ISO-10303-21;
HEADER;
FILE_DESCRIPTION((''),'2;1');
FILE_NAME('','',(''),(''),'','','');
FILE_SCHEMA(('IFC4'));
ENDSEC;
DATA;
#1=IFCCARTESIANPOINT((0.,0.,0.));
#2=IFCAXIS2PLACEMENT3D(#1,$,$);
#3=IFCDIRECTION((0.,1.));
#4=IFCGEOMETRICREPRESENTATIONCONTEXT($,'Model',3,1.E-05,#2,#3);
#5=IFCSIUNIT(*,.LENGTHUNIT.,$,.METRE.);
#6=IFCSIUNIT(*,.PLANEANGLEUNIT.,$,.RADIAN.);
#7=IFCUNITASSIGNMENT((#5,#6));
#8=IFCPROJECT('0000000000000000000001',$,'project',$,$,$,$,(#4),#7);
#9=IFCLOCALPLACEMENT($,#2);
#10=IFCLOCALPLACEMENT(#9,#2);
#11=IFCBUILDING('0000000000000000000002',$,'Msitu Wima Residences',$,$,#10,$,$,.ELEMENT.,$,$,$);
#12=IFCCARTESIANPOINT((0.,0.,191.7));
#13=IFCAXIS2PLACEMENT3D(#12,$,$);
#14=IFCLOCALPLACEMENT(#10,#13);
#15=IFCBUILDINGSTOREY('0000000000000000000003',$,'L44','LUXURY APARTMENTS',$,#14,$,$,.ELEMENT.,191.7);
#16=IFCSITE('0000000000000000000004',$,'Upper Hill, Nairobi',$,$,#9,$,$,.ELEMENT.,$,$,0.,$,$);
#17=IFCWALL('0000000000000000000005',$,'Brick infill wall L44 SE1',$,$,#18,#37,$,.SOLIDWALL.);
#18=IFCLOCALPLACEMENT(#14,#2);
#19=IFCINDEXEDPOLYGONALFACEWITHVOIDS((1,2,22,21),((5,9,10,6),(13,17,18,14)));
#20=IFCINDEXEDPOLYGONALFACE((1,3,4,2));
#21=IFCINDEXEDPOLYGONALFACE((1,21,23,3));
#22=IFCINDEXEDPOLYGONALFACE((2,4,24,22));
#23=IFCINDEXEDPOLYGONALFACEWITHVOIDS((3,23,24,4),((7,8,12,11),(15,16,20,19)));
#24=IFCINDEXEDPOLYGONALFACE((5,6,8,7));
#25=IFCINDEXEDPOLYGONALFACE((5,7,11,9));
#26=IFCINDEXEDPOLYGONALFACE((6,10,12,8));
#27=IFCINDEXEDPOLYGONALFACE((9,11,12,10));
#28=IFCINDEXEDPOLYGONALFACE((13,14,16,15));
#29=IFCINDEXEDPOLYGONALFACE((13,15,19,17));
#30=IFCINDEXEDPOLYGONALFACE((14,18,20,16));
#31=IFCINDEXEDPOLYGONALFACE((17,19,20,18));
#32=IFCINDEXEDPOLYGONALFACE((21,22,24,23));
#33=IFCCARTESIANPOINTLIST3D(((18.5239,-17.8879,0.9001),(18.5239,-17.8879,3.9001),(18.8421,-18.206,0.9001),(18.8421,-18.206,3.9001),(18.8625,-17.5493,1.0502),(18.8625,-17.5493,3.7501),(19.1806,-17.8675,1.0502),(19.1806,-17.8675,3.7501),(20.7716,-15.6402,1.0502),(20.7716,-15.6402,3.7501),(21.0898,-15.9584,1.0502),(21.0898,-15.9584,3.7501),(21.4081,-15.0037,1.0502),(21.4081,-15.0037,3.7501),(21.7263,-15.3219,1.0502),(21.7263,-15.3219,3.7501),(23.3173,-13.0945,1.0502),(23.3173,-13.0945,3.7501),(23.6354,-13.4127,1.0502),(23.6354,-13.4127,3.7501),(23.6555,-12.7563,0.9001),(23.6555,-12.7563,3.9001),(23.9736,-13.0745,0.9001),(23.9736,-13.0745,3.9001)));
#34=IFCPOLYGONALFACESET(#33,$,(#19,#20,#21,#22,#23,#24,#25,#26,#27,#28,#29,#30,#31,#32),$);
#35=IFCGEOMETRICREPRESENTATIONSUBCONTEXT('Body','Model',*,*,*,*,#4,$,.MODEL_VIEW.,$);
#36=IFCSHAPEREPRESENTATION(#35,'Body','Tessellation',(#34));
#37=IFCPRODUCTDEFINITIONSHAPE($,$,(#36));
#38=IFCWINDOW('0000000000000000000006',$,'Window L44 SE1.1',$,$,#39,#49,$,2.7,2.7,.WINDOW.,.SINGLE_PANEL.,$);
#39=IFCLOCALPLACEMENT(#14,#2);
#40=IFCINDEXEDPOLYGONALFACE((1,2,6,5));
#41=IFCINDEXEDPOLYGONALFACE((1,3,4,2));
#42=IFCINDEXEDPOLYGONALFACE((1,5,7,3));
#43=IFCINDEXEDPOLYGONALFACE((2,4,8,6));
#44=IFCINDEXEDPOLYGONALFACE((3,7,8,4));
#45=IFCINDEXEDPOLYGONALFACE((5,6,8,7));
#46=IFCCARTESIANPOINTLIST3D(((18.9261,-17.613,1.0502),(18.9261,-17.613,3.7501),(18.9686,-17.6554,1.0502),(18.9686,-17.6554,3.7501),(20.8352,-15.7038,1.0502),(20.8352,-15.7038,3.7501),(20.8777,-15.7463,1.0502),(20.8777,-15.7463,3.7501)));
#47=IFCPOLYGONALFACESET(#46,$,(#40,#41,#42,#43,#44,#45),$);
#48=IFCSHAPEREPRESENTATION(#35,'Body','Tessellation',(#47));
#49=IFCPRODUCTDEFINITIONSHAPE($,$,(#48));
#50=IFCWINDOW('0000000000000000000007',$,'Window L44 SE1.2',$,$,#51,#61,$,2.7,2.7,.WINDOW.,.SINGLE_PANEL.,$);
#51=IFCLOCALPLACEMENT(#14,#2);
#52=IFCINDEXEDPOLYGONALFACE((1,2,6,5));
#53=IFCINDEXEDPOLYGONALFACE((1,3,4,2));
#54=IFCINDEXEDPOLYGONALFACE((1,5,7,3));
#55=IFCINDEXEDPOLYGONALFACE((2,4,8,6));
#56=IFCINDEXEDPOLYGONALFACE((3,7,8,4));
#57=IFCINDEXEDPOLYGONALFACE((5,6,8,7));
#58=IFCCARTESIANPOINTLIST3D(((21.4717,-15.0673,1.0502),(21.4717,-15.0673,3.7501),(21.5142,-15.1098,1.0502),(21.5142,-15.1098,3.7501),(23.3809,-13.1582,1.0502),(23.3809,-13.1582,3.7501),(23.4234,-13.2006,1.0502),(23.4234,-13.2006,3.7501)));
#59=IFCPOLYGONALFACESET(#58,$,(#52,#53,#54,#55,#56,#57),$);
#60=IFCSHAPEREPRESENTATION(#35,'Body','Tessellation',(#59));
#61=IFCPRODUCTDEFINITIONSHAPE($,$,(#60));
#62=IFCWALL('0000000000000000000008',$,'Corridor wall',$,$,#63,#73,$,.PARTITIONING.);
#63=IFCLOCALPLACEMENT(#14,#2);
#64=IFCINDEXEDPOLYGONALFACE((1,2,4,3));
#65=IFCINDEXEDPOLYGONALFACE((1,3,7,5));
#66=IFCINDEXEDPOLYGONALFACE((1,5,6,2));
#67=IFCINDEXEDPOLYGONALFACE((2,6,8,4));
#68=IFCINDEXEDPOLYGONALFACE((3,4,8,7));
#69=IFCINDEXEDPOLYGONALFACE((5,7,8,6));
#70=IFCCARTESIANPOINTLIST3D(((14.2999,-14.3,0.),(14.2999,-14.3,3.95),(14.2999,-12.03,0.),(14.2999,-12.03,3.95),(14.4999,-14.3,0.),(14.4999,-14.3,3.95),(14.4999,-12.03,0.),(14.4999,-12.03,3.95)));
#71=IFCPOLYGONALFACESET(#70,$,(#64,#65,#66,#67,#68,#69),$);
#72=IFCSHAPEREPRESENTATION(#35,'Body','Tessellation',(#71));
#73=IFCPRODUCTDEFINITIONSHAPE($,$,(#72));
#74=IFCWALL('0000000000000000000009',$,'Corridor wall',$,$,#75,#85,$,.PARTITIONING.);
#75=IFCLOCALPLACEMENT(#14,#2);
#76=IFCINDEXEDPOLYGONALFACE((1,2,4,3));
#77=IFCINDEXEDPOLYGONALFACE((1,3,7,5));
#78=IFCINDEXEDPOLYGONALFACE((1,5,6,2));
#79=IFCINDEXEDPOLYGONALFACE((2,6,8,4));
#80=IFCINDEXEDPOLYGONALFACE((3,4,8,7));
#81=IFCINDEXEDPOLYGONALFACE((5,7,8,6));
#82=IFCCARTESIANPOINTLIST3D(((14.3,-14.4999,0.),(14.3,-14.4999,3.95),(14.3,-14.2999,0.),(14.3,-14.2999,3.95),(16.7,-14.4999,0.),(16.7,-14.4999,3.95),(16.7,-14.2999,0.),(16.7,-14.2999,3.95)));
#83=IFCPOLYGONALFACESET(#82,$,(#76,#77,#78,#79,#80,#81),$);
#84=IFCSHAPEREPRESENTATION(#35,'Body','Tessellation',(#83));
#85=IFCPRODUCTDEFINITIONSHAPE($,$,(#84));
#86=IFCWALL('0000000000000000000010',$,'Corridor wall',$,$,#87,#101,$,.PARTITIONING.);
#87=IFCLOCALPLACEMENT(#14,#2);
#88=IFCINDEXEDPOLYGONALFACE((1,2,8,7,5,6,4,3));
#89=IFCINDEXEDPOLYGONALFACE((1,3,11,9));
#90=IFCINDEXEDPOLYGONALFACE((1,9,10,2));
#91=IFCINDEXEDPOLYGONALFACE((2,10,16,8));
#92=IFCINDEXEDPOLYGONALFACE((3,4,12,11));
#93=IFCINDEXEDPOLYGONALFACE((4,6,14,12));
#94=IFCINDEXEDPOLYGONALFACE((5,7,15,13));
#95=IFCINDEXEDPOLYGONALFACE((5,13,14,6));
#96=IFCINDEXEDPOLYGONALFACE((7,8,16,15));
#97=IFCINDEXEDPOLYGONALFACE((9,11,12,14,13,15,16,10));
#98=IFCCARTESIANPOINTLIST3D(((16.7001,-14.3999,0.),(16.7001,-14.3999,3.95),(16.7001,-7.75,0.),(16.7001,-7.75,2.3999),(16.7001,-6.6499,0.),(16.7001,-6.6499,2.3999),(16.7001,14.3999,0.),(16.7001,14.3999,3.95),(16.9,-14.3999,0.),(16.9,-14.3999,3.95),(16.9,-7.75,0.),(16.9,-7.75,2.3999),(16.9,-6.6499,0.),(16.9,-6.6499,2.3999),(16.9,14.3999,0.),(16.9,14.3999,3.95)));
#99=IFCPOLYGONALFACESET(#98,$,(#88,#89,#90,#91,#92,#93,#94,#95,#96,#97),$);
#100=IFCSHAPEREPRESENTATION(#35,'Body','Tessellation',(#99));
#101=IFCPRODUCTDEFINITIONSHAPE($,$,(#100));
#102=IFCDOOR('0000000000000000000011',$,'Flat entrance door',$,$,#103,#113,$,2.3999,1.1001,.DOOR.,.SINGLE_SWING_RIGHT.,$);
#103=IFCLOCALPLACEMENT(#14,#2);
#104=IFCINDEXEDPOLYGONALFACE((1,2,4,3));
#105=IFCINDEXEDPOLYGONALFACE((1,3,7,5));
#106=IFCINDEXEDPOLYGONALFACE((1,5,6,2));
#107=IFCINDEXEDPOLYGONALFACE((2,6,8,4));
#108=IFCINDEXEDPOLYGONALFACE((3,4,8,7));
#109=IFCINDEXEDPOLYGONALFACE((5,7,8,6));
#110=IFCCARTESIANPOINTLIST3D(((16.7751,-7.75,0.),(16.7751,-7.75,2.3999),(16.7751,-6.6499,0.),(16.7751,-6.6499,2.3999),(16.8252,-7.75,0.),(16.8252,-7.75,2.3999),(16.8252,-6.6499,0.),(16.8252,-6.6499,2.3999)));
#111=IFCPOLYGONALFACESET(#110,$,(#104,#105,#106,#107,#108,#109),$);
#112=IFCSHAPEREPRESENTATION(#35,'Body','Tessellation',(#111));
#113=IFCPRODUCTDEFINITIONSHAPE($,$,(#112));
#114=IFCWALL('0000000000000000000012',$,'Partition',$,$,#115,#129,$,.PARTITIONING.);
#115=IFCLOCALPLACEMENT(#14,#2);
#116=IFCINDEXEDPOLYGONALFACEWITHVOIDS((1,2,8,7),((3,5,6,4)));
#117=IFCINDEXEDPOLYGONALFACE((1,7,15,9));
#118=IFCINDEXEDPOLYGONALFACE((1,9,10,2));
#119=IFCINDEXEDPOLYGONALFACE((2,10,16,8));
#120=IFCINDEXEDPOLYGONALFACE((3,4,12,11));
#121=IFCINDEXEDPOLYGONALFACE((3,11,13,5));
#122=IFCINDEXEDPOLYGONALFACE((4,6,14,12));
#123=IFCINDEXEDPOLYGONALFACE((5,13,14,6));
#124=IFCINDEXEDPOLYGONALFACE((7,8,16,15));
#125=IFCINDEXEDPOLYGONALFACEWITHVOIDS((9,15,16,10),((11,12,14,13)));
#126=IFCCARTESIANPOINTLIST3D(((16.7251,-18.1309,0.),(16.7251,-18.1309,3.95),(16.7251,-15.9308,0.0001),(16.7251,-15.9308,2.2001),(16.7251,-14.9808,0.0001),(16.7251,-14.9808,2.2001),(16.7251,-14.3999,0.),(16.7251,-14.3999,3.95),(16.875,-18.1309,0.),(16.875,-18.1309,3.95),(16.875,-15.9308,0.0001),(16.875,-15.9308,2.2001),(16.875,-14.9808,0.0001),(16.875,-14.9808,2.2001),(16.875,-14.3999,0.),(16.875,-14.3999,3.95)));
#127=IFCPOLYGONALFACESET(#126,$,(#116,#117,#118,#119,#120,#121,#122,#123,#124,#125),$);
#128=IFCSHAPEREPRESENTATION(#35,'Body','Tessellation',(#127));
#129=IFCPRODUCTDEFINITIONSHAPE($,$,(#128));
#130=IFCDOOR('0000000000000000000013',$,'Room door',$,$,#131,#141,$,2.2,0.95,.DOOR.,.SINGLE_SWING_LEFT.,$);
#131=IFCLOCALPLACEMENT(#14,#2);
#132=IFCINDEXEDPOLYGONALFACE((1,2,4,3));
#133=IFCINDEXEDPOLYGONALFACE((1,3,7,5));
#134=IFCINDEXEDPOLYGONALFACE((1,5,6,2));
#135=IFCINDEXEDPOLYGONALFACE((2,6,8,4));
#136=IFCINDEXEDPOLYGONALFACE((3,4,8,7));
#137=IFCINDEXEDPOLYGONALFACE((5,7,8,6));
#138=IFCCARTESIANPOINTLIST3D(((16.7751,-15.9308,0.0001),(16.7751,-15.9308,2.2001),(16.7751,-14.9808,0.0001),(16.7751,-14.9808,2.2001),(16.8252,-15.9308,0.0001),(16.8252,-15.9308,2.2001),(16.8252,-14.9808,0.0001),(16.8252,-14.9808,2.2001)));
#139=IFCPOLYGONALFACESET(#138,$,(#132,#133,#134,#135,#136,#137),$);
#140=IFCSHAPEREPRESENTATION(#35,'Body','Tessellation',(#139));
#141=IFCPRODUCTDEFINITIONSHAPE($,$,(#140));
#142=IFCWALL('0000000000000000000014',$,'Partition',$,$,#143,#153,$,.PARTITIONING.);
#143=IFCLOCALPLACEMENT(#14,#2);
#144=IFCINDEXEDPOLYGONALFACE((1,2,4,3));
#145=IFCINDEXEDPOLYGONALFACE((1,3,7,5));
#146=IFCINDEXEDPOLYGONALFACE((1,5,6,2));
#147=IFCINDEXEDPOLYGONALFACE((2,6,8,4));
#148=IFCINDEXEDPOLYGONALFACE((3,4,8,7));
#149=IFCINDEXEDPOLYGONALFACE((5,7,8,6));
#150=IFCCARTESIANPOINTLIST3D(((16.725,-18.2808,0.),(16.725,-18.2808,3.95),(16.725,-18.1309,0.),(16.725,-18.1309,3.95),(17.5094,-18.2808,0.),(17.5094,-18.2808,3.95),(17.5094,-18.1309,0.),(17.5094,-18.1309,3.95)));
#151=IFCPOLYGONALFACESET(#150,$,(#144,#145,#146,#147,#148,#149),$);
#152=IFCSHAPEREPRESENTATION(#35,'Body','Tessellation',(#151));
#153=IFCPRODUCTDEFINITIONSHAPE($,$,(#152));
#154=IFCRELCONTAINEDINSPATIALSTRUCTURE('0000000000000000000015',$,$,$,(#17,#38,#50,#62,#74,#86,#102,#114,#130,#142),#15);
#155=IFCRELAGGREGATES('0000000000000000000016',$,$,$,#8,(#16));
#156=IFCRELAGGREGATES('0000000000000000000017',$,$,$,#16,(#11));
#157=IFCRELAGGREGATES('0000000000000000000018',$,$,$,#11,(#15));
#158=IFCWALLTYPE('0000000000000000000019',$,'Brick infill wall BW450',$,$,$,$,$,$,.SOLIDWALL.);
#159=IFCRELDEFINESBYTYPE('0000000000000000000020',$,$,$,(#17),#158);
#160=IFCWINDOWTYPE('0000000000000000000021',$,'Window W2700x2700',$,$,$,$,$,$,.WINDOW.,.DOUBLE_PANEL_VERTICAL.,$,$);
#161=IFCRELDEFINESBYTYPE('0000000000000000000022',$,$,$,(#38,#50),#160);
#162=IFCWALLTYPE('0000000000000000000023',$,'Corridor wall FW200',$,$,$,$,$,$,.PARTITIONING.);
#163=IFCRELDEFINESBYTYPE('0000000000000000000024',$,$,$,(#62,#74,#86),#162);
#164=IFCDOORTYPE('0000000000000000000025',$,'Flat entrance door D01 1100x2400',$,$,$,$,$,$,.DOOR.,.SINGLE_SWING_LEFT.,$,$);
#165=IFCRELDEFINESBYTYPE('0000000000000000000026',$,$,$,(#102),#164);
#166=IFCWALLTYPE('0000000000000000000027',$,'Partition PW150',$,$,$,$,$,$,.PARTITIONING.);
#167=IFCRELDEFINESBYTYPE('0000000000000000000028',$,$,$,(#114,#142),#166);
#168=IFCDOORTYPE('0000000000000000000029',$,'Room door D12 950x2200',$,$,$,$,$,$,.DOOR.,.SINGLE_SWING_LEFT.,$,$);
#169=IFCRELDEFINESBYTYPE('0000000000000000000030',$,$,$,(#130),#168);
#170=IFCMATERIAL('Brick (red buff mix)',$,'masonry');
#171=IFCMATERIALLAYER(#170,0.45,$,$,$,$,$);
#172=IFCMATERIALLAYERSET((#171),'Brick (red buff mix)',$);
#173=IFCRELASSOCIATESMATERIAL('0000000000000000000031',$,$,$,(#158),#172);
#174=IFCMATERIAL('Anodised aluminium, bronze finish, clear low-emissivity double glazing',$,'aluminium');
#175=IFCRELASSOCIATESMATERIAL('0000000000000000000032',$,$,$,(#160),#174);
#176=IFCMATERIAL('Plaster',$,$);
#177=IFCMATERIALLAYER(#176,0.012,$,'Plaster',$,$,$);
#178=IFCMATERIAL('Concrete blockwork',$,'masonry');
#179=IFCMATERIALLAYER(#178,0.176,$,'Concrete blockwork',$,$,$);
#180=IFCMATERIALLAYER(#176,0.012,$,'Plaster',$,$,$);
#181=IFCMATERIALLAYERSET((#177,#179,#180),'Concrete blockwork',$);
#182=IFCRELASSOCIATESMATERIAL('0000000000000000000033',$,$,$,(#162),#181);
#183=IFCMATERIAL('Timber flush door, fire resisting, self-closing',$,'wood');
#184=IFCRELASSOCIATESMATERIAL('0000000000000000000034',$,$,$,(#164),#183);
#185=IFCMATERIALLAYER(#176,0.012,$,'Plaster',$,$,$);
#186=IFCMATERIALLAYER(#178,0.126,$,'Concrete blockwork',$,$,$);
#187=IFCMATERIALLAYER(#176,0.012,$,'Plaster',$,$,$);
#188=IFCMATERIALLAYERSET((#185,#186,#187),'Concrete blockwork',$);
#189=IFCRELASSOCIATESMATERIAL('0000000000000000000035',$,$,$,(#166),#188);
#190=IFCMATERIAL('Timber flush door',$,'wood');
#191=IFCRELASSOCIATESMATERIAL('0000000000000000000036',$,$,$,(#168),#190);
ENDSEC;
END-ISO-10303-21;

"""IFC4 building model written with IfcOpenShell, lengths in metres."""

from ifc_helpers import new_model, si_unit, direction, frame, frame_2d, origin, place, context, subcontext, project, spatial, rectangle, extrude, material, layer, layer_set, type_object, element, fill, save


model = new_model("IFC4")

# Units and contexts
model_context = context("Model", 3, precision=1e-05, world=origin(), true_north=direction((0.0, 1.0)))
body_context = subcontext(model_context, "Body", "Model", "MODEL_VIEW")
ifc_project = project(units=[si_unit("LENGTHUNIT", "METRE"), si_unit("PLANEANGLEUNIT", "RADIAN")], contexts=[model_context])

# Site, building, storey
site_placement = place(None, origin())
site = spatial("IfcSite", under=ifc_project, at=site_placement, Name="Upper Hill, Nairobi", CompositionType="ELEMENT", RefElevation=0.0)
building_placement = place(site_placement, origin())
building = spatial("IfcBuilding", under=site, at=building_placement, Name="Msitu Wima Residences", CompositionType="ELEMENT")
storey_placement = place(building_placement, frame((0.0, 0.0, 191.7)))
storey = spatial("IfcBuildingStorey", under=building, at=storey_placement, Name="L44", Description="LUXURY APARTMENTS", CompositionType="ELEMENT", Elevation=191.7)

# Shared definitions
ifc_material_1 = material(Name="Brick (red buff mix)", Category="masonry")
ifc_layer_1 = layer(ifc_material_1, 0.45)
ifc_layer_set_1 = layer_set([ifc_layer_1], Name="Brick (red buff mix)")
wall_type_1 = type_object("IfcWallType", Name="Brick infill wall BW450", PredefinedType="SOLIDWALL", material=ifc_layer_set_1)
ifc_material_2 = material(Name="Anodised aluminium, bronze finish, clear low-emissivity double glazing", Category="aluminium")
window_type = type_object("IfcWindowType", Name="Window W2700x2700", PartitioningType="DOUBLE_PANEL_VERTICAL", PredefinedType="WINDOW", material=ifc_material_2)

# Wall, openings, windows
wall_1_placement = place(storey_placement, frame((18.6831, -18.0469, 0.9001), z_axis=(0.0, 0.0, 1.0), x_axis=(0.707107, 0.707107, 0.0)))
wall_1 = element("IfcWall", 1, at=wall_1_placement, inside=storey, type_object=wall_type_1, Name="Brick infill wall L44 SE1", PredefinedType="SOLIDWALL", context=body_context, shape_type="SweptSolid", body=[
    extrude(rectangle(XDim=7.2571, YDim=0.45, at=frame_2d((3.6284, 0.0))), origin(), (0.0, 0.0, 1.0), 3.0),
])
opening_1_placement = place(wall_1_placement, frame((0.4785, 0.0, 0.1499)))
opening_1 = element("IfcOpeningElement", 2, at=opening_1_placement, cuts=wall_1, PredefinedType="OPENING", context=body_context, shape_type="SweptSolid", body=[
    extrude(rectangle(XDim=2.7, YDim=2.7, at=frame_2d((1.3501, 1.3501))), frame((0.0, 0.2349, 0.0), z_axis=(0.0, -1.0, 0.0), x_axis=(1.0, 0.0, 0.0)), (0.0, 0.0, 1.0), 0.47),
])
opening_2_placement = place(wall_1_placement, frame((4.0786, 0.0, 0.1499)))
opening_2 = element("IfcOpeningElement", 3, at=opening_2_placement, cuts=wall_1, PredefinedType="OPENING", context=body_context, shape_type="SweptSolid", body=[
    extrude(rectangle(XDim=2.7, YDim=2.7, at=frame_2d((1.3501, 1.3501))), frame((0.0, 0.2349, 0.0), z_axis=(0.0, -1.0, 0.0), x_axis=(1.0, 0.0, 0.0)), (0.0, 0.0, 1.0), 0.47),
])
window_1_placement = place(opening_1_placement, origin())
window_1 = element("IfcWindow", 4, at=window_1_placement, inside=storey, type_object=window_type, Name="Window L44 SE1.1", OverallHeight=2.7, OverallWidth=2.7, PartitioningType="SINGLE_PANEL", PredefinedType="WINDOW", context=body_context, shape_type="SweptSolid", body=[
    extrude(rectangle(XDim=2.7, YDim=2.7, at=frame_2d((1.3501, 1.3501))), frame((0.0, 0.135, 0.0), z_axis=(0.0, -1.0, 0.0), x_axis=(1.0, 0.0, 0.0)), (0.0, 0.0, 1.0), 0.0601),
])
fill(opening_1, window_1)
window_2_placement = place(opening_2_placement, origin())
window_2 = element("IfcWindow", 5, at=window_2_placement, inside=storey, type_object=window_type, Name="Window L44 SE1.2", OverallHeight=2.7, OverallWidth=2.7, PartitioningType="SINGLE_PANEL", PredefinedType="WINDOW", context=body_context, shape_type="SweptSolid", body=[
    extrude(rectangle(XDim=2.7, YDim=2.7, at=frame_2d((1.3501, 1.3501))), frame((0.0, 0.135, 0.0), z_axis=(0.0, -1.0, 0.0), x_axis=(1.0, 0.0, 0.0)), (0.0, 0.0, 1.0), 0.0601),
])
fill(opening_2, window_2)

# Walls
ifc_material_3 = material(Name="Plaster")
ifc_layer_2 = layer(ifc_material_3, 0.012, Name="Plaster")
ifc_material_4 = material(Name="Concrete blockwork", Category="masonry")
ifc_layer_3 = layer(ifc_material_4, 0.176, Name="Concrete blockwork")
ifc_layer_4 = layer(ifc_material_3, 0.012, Name="Plaster")
ifc_layer_set_2 = layer_set([ifc_layer_2, ifc_layer_3, ifc_layer_4], Name="Concrete blockwork")
wall_type_2 = type_object("IfcWallType", Name="Corridor wall FW200", PredefinedType="PARTITIONING", material=ifc_layer_set_2)
wall_2_placement = place(storey_placement, frame((14.3999, -14.3, 0.0), z_axis=(0.0, 0.0, 1.0), x_axis=(0.0, 1.0, 0.0)))
element("IfcWall", 6, at=wall_2_placement, inside=storey, type_object=wall_type_2, Name="Corridor wall", PredefinedType="PARTITIONING", context=body_context, shape_type="SweptSolid", body=[
    extrude(rectangle(XDim=2.27, YDim=0.2, at=frame_2d((1.135, 0.0))), origin(), (0.0, 0.0, 1.0), 3.95),
])
wall_3_placement = place(storey_placement, frame((14.3, -14.3999, 0.0), z_axis=(0.0, 0.0, 1.0), x_axis=(1.0, 0.0, 0.0)))
element("IfcWall", 7, at=wall_3_placement, inside=storey, type_object=wall_type_2, Name="Corridor wall", PredefinedType="PARTITIONING", context=body_context, shape_type="SweptSolid", body=[
    extrude(rectangle(XDim=2.3999, YDim=0.2, at=frame_2d((1.2, 0.0))), origin(), (0.0, 0.0, 1.0), 3.95),
])

# Walls, openings, doors
wall_4_placement = place(storey_placement, frame((16.8, -14.3999, 0.0), z_axis=(0.0, 0.0, 1.0), x_axis=(0.0, 1.0, 0.0)))
wall_4 = element("IfcWall", 8, at=wall_4_placement, inside=storey, type_object=wall_type_2, Name="Corridor wall", PredefinedType="PARTITIONING", context=body_context, shape_type="SweptSolid", body=[
    extrude(rectangle(XDim=28.7998, YDim=0.2, at=frame_2d((14.3999, 0.0))), origin(), (0.0, 0.0, 1.0), 3.95),
])
opening_3_placement = place(wall_4_placement, frame((6.6499, 0.0, 0.0)))
opening_3 = element("IfcOpeningElement", 9, at=opening_3_placement, cuts=wall_4, PredefinedType="OPENING", context=body_context, shape_type="SweptSolid", body=[
    extrude(rectangle(XDim=1.1001, YDim=2.3999, at=frame_2d((0.55, 1.2))), frame((0.0, 0.1099, 0.0), z_axis=(0.0, -1.0, 0.0), x_axis=(1.0, 0.0, 0.0)), (0.0, 0.0, 1.0), 0.22),
])
ifc_material_5 = material(Name="Timber flush door, fire resisting, self-closing", Category="wood")
door_type_1 = type_object("IfcDoorType", Name="Flat entrance door D01 1100x2400", OperationType="SINGLE_SWING_LEFT", PredefinedType="DOOR", material=ifc_material_5)
door_1_placement = place(opening_3_placement, origin())
door_1 = element("IfcDoor", 10, at=door_1_placement, inside=storey, type_object=door_type_1, Name="Flat entrance door", OperationType="SINGLE_SWING_RIGHT", OverallHeight=2.3999, OverallWidth=1.1001, PredefinedType="DOOR", context=body_context, shape_type="SweptSolid", body=[
    extrude(rectangle(XDim=1.1001, YDim=2.3999, at=frame_2d((0.55, 1.2))), frame((0.0, 0.0249, 0.0), z_axis=(0.0, -1.0, 0.0), x_axis=(1.0, 0.0, 0.0)), (0.0, 0.0, 1.0), 0.05),
])
fill(opening_3, door_1)
ifc_layer_5 = layer(ifc_material_3, 0.012, Name="Plaster")
ifc_layer_6 = layer(ifc_material_4, 0.126, Name="Concrete blockwork")
ifc_layer_7 = layer(ifc_material_3, 0.012, Name="Plaster")
ifc_layer_set_3 = layer_set([ifc_layer_5, ifc_layer_6, ifc_layer_7], Name="Concrete blockwork")
wall_type_3 = type_object("IfcWallType", Name="Partition PW150", PredefinedType="PARTITIONING", material=ifc_layer_set_3)
wall_5_placement = place(storey_placement, frame((16.8, -18.1309, 0.0), z_axis=(0.0, 0.0, 1.0), x_axis=(0.0, 1.0, 0.0)))
wall_5 = element("IfcWall", 11, at=wall_5_placement, inside=storey, type_object=wall_type_3, Name="Partition", PredefinedType="PARTITIONING", context=body_context, shape_type="SweptSolid", body=[
    extrude(rectangle(XDim=3.731, YDim=0.1499, at=frame_2d((1.8655, 0.0))), origin(), (0.0, 0.0, 1.0), 3.95),
])
opening_4_placement = place(wall_5_placement, frame((2.2, 0.0, 0.0)))
opening_4 = element("IfcOpeningElement", 12, at=opening_4_placement, cuts=wall_5, PredefinedType="OPENING", context=body_context, shape_type="SweptSolid", body=[
    extrude(rectangle(XDim=0.95, YDim=2.2, at=frame_2d((0.4751, 1.1001))), frame((0.0, 0.085, 0.0), z_axis=(0.0, -1.0, 0.0), x_axis=(1.0, 0.0, 0.0)), (0.0, 0.0, 1.0), 0.1699),
])
ifc_material_6 = material(Name="Timber flush door", Category="wood")
door_type_2 = type_object("IfcDoorType", Name="Room door D12 950x2200", OperationType="SINGLE_SWING_LEFT", PredefinedType="DOOR", material=ifc_material_6)
door_2_placement = place(opening_4_placement, origin())
door_2 = element("IfcDoor", 13, at=door_2_placement, inside=storey, type_object=door_type_2, Name="Room door", OperationType="SINGLE_SWING_LEFT", OverallHeight=2.2, OverallWidth=0.95, PredefinedType="DOOR", context=body_context, shape_type="SweptSolid", body=[
    extrude(rectangle(XDim=0.95, YDim=2.2, at=frame_2d((0.4751, 1.1001))), frame((0.0, 0.0249, 0.0), z_axis=(0.0, -1.0, 0.0), x_axis=(1.0, 0.0, 0.0)), (0.0, 0.0, 1.0), 0.05),
])
fill(opening_4, door_2)

# Wall
wall_6_placement = place(storey_placement, frame((16.7251, -18.2058, 0.0), z_axis=(0.0, 0.0, 1.0), x_axis=(1.0, 0.0, 0.0)))
element("IfcWall", 14, at=wall_6_placement, inside=storey, type_object=wall_type_3, Name="Partition", PredefinedType="PARTITIONING", context=body_context, shape_type="SweptSolid", body=[
    extrude(rectangle(XDim=0.7844, YDim=0.1499, at=frame_2d((0.3921, 0.0))), origin(), (0.0, 0.0, 1.0), 3.95),
])

save(model, "model.ifc")
